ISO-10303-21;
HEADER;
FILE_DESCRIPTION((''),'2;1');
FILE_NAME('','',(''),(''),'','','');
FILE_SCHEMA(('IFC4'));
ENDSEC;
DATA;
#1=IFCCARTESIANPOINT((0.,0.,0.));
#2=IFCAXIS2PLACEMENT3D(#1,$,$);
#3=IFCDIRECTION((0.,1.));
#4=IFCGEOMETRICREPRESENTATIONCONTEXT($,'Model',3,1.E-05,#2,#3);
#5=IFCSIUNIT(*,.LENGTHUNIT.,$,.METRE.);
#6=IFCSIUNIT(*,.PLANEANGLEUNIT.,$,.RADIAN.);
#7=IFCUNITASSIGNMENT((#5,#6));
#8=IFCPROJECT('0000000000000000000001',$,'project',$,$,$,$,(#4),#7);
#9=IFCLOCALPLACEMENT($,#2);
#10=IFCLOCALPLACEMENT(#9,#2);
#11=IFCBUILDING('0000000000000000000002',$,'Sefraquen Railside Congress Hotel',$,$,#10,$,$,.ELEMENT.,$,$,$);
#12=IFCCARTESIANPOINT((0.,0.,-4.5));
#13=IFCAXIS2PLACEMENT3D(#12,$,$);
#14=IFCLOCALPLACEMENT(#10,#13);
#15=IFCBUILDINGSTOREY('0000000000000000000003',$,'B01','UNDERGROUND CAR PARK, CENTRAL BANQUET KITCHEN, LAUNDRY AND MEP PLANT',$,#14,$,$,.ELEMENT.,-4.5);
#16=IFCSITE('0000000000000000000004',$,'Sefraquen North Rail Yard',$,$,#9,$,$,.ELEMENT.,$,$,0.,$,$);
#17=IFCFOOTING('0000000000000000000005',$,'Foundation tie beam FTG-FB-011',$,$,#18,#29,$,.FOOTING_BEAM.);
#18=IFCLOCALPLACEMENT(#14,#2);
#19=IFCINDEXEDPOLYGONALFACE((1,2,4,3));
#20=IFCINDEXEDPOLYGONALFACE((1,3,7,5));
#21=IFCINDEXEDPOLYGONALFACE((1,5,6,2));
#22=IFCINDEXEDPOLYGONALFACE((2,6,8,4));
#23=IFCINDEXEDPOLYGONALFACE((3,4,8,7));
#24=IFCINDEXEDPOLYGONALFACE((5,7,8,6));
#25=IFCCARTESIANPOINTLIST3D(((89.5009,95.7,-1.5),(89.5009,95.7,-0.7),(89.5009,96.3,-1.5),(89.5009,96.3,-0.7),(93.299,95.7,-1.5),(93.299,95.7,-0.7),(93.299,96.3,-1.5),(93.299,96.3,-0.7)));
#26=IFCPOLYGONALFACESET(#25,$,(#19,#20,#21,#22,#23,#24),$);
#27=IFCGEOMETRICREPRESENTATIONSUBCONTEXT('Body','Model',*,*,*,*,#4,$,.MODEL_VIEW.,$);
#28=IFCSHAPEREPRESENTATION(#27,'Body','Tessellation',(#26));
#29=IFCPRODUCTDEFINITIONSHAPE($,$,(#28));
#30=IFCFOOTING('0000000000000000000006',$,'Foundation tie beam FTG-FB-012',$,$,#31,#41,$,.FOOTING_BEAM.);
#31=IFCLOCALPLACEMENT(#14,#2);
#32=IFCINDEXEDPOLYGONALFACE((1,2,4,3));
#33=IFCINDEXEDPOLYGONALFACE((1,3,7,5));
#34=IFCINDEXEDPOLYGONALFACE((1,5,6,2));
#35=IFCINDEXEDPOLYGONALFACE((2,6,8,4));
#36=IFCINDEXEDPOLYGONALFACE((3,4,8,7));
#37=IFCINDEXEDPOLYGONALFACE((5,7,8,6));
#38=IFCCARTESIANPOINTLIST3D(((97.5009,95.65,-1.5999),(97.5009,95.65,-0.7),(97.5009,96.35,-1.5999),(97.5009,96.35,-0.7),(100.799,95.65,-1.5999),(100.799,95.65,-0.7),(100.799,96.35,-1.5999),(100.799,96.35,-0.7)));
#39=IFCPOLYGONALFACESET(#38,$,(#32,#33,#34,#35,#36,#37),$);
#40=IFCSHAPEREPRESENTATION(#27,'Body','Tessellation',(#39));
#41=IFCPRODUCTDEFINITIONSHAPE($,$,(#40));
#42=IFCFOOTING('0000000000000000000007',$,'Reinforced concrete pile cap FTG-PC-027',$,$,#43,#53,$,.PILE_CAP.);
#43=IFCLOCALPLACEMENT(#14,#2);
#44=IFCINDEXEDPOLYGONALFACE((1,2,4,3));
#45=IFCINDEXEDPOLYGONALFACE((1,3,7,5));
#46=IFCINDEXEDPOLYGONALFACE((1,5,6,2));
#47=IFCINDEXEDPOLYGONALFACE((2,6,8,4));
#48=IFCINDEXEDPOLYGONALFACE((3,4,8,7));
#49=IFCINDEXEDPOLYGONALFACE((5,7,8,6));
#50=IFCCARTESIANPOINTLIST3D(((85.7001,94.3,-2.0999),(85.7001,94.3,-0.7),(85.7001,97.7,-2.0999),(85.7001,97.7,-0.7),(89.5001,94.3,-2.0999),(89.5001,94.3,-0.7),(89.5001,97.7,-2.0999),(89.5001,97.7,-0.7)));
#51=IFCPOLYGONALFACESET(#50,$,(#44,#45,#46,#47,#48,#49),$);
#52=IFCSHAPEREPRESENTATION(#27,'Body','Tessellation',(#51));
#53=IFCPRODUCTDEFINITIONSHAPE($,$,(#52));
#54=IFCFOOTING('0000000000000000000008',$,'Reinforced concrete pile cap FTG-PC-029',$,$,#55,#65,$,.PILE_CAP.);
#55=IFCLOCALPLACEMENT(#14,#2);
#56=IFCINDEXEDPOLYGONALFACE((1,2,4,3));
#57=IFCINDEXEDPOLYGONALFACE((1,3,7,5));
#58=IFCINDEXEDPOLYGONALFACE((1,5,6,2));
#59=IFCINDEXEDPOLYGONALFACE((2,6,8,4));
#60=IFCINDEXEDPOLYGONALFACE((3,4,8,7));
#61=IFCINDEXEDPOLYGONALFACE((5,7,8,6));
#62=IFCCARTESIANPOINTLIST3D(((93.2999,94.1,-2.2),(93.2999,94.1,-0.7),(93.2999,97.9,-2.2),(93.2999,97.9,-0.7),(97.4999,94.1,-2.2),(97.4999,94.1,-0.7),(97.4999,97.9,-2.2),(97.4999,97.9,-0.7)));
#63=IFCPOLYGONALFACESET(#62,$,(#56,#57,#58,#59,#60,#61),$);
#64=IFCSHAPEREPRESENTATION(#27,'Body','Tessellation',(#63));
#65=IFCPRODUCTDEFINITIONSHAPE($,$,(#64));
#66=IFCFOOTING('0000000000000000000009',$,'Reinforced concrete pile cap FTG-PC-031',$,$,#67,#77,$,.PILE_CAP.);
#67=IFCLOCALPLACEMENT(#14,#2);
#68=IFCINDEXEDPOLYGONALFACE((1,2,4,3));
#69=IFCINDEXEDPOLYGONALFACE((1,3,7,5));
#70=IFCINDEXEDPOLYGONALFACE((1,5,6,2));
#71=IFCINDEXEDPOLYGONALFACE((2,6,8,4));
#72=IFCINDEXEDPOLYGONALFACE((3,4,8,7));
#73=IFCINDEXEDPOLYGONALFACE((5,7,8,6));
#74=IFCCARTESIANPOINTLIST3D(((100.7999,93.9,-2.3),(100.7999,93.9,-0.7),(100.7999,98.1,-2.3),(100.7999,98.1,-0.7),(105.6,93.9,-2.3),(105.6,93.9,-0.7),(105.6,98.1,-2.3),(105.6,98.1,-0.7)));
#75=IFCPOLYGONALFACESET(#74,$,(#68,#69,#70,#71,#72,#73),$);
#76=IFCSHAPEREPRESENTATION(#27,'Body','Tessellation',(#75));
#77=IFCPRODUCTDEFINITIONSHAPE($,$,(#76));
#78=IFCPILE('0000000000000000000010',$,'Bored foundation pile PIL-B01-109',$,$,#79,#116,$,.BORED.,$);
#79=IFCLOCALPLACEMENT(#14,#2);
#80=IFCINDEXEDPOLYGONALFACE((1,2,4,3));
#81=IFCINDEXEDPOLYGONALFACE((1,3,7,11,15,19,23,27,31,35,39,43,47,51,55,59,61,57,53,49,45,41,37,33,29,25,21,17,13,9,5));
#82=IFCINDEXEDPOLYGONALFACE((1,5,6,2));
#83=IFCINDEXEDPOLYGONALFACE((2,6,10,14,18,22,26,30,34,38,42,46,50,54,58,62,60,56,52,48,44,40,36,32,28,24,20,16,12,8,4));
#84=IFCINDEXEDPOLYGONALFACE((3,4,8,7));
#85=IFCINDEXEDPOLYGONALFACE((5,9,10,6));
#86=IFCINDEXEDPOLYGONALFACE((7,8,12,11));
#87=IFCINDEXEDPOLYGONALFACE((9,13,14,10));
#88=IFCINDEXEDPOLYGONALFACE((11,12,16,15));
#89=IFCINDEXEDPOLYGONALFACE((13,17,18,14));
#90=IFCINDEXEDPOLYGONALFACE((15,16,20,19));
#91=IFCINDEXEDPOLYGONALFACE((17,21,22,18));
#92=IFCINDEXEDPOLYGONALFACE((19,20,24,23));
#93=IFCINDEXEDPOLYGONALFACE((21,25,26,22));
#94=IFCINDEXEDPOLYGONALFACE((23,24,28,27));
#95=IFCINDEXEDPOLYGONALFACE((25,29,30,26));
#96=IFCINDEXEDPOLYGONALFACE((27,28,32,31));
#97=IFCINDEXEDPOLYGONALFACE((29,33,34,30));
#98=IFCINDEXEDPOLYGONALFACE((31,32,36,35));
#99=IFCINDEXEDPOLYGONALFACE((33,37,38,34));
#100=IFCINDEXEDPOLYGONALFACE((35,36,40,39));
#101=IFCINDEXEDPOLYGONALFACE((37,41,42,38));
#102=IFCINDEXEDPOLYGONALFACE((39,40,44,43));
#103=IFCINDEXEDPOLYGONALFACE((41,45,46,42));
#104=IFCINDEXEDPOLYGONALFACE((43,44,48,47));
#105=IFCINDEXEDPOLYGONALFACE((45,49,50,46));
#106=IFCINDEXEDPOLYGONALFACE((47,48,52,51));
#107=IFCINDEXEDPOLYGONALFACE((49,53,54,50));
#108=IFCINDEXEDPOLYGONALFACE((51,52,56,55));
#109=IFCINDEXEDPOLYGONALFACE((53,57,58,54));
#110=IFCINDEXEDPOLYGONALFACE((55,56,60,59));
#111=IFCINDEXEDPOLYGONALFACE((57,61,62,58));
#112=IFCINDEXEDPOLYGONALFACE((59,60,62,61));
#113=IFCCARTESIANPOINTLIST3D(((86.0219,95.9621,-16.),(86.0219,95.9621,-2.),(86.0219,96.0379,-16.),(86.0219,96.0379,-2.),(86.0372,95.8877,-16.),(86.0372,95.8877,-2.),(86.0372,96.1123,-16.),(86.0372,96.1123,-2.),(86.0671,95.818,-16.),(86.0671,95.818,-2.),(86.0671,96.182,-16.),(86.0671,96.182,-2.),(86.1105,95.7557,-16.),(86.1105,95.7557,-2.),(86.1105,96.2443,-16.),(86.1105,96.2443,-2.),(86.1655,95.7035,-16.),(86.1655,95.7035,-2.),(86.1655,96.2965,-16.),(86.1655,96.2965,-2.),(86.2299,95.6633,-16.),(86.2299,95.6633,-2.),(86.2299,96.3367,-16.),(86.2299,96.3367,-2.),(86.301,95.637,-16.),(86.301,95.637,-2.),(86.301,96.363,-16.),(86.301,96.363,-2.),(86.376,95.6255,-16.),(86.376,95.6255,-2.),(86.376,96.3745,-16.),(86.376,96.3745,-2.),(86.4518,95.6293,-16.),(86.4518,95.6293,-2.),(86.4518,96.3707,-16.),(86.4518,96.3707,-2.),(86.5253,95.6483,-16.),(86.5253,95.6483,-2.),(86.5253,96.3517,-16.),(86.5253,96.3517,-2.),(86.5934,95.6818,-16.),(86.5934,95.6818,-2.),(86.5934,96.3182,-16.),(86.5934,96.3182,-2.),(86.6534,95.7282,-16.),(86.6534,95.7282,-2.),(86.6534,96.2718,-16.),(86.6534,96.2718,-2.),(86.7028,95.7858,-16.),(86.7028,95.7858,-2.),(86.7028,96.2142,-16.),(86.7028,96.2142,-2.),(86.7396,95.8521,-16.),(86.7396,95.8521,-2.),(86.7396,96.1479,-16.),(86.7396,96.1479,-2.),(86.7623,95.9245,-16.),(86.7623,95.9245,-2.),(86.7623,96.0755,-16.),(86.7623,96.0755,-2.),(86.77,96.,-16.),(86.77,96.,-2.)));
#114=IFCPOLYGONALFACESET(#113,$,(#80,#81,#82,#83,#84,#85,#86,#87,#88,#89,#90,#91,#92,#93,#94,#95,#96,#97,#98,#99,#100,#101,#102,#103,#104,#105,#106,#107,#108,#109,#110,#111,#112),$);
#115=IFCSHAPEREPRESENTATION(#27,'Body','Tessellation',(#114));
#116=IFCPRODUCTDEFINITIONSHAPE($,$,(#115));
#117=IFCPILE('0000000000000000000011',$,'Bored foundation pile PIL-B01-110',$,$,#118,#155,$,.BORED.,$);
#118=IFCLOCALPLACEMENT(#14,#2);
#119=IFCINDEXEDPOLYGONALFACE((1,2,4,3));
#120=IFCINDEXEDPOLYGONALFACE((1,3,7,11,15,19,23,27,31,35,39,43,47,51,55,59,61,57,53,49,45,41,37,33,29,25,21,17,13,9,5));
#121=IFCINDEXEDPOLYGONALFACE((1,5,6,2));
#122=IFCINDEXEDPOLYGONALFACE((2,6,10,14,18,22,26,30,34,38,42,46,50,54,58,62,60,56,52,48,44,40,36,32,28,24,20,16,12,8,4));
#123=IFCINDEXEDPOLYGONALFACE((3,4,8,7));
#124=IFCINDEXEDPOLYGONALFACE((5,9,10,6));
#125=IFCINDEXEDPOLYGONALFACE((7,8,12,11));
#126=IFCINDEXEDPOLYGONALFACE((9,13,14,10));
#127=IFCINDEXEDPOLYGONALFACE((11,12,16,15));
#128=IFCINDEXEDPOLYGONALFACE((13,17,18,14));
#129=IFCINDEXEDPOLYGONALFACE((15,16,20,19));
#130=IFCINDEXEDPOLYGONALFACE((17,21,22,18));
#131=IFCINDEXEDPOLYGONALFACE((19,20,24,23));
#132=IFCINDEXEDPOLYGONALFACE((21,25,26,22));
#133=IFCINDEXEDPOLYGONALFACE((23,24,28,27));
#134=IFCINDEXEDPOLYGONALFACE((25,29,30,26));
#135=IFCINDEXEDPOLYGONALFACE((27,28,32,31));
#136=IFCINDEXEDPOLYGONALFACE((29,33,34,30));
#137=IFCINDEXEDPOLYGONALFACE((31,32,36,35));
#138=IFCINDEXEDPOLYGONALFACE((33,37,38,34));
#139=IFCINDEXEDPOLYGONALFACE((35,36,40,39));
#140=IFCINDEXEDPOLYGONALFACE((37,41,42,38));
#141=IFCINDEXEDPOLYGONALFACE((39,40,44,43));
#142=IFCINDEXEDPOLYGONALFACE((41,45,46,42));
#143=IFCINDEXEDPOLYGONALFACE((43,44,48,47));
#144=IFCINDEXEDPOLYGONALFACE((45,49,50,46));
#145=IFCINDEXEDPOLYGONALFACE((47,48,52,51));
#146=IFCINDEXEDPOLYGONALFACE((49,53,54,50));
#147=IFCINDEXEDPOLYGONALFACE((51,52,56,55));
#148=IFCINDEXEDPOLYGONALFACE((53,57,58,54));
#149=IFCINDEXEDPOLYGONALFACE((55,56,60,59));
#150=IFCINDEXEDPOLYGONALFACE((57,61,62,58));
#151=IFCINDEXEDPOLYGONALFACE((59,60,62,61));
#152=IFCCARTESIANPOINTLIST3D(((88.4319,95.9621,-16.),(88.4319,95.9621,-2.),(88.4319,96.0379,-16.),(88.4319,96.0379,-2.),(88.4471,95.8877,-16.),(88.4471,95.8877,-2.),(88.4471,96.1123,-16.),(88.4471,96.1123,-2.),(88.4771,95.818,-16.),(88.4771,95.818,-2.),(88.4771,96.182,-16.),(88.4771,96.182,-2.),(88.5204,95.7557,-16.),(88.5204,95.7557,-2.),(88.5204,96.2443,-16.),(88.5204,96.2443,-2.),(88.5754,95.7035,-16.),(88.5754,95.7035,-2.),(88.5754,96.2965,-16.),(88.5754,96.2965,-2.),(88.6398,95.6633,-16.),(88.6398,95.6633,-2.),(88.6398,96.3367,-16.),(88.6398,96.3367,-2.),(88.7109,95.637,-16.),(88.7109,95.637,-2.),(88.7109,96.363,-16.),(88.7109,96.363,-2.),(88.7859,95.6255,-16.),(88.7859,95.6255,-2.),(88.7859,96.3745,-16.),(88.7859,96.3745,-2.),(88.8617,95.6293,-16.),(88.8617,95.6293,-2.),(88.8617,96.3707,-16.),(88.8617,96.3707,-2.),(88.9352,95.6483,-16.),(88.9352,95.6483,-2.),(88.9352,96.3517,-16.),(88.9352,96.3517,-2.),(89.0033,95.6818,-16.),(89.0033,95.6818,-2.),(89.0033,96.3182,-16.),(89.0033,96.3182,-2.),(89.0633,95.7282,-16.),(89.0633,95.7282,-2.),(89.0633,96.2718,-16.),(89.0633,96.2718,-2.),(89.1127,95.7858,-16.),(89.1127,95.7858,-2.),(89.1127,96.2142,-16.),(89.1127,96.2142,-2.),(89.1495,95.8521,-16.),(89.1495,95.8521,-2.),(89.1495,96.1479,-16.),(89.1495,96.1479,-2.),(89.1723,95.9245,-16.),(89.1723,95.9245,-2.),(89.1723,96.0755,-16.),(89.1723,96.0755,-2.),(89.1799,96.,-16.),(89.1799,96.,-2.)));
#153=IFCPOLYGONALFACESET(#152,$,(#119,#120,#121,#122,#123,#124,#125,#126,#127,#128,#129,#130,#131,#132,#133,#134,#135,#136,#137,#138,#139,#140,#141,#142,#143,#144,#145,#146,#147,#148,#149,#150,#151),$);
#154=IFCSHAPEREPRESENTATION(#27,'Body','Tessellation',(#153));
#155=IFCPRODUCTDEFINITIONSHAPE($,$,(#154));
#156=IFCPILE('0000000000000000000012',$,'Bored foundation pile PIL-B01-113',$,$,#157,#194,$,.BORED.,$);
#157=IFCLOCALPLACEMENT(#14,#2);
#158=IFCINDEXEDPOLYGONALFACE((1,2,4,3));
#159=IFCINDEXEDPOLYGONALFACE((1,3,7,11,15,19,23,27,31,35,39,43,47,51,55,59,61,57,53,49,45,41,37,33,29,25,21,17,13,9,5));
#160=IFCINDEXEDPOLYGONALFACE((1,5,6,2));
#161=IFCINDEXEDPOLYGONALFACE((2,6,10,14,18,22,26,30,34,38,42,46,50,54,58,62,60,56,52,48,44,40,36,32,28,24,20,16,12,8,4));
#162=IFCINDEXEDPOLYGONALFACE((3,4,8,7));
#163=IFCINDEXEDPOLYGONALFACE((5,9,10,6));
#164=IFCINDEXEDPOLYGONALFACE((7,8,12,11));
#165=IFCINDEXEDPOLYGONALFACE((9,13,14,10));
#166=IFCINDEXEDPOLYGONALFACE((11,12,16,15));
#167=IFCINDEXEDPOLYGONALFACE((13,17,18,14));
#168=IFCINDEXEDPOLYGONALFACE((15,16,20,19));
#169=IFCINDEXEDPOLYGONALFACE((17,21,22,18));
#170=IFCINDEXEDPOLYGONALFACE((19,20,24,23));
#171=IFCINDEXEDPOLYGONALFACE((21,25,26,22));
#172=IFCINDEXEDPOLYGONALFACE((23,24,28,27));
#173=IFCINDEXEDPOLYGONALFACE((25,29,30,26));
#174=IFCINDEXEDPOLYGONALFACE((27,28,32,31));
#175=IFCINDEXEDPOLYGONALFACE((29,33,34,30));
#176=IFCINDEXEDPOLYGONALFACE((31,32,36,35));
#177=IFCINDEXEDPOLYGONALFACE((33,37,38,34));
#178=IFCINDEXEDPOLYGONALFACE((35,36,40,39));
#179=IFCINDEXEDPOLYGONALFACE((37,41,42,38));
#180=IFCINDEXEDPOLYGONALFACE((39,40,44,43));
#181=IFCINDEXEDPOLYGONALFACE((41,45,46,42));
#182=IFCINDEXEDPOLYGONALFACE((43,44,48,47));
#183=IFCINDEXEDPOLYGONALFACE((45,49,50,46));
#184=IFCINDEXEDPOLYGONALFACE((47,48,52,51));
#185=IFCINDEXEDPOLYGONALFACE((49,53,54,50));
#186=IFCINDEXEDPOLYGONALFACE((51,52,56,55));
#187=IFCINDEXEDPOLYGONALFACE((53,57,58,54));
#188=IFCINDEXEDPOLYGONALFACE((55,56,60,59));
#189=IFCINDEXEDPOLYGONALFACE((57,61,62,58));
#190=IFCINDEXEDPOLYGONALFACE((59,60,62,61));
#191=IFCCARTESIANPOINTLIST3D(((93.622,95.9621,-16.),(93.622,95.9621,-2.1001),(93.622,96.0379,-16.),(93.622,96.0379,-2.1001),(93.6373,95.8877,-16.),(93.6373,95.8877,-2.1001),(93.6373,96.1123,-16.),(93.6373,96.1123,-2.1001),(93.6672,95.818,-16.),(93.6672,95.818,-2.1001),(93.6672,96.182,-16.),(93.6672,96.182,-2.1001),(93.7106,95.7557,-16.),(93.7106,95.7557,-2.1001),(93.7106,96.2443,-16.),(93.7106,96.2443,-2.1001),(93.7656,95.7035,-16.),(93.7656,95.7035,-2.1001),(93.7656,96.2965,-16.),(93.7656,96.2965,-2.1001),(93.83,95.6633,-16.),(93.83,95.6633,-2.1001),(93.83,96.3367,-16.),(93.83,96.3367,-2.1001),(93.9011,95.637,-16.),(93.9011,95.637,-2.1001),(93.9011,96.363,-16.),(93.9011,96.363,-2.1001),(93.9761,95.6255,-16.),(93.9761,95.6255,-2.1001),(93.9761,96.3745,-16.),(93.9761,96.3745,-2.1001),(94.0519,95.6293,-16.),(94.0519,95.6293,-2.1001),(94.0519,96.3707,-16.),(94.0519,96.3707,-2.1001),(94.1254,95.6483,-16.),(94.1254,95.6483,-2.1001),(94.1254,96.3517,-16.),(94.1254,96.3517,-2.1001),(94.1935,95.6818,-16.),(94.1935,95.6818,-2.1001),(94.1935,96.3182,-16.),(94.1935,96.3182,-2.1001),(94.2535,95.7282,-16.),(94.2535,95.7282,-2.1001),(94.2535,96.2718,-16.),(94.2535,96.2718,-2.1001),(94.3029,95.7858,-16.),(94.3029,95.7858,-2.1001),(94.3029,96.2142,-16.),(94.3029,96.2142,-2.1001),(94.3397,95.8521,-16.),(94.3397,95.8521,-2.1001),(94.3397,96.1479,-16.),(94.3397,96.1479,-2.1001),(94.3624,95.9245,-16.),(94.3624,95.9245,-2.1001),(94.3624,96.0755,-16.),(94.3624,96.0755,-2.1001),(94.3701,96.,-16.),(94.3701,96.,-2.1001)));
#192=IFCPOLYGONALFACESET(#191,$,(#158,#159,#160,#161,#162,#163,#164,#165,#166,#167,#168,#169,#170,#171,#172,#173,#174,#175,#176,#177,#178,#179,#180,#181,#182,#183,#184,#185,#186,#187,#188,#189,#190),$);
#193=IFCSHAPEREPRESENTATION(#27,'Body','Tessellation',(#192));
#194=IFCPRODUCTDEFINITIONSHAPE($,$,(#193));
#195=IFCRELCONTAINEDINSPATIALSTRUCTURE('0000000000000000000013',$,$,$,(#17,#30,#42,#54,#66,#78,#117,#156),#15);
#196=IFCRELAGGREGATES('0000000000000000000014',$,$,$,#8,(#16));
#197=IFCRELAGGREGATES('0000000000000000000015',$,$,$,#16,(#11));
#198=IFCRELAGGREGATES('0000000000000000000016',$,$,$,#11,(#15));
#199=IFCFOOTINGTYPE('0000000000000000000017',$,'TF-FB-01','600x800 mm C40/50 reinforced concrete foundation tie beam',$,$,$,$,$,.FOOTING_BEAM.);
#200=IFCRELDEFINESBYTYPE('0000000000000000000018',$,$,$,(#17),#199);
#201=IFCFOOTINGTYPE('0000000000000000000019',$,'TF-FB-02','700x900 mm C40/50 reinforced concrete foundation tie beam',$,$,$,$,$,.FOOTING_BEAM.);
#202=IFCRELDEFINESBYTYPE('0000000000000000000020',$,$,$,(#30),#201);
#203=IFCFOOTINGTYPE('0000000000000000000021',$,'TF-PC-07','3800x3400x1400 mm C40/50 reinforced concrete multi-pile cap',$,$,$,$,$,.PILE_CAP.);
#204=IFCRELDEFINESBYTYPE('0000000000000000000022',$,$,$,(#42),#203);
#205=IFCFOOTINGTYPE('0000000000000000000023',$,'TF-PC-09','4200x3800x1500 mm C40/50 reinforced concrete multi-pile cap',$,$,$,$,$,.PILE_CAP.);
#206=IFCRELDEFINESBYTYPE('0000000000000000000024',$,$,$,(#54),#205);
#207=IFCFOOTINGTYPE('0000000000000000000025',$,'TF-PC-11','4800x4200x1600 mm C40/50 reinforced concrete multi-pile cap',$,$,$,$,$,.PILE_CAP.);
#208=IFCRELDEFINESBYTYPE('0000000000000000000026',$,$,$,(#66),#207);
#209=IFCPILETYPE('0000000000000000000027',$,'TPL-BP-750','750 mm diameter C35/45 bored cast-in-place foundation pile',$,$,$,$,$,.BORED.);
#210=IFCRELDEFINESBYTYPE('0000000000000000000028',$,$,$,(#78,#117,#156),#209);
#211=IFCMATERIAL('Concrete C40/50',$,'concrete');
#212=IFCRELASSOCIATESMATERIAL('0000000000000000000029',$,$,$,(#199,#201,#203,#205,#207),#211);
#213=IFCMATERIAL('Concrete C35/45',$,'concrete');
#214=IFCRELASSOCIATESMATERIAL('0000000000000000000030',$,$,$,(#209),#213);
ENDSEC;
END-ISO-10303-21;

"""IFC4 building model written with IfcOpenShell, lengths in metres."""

from ifc_helpers import new_model, si_unit, direction, frame, origin, origin_2d, place, context, subcontext, project, spatial, rectangle, circle, extrude, material, material_profile, profile_set, type_object, element, save


model = new_model("IFC4")

# Units and contexts
model_context = context("Model", 3, precision=1e-05, world=origin(), true_north=direction((0.0, 1.0)))
body_context = subcontext(model_context, "Body", "Model", "MODEL_VIEW")
ifc_project = project(units=[si_unit("LENGTHUNIT", "METRE"), si_unit("PLANEANGLEUNIT", "RADIAN")], contexts=[model_context])

# Site, building, storey
site_placement = place(None, origin())
site = spatial("IfcSite", under=ifc_project, at=site_placement, Name="Sefraquen North Rail Yard", CompositionType="ELEMENT", RefElevation=0.0)
building_placement = place(site_placement, origin())
building = spatial("IfcBuilding", under=site, at=building_placement, Name="Sefraquen Railside Congress Hotel", CompositionType="ELEMENT")
storey_placement = place(building_placement, frame((0.0, 0.0, -4.5)))
storey = spatial("IfcBuildingStorey", under=building, at=storey_placement, Name="B01", Description="UNDERGROUND CAR PARK, CENTRAL BANQUET KITCHEN, LAUNDRY AND MEP PLANT", CompositionType="ELEMENT", Elevation=-4.5)

# Footings
ifc_material_1 = material(Name="Concrete C40/50", Category="concrete")
footing_type_1 = type_object("IfcFootingType", Name="TF-FB-01", Description="600x800 mm C40/50 reinforced concrete foundation tie beam", PredefinedType="FOOTING_BEAM", material=ifc_material_1)
footing_1_placement = place(storey_placement, frame((91.3999, 96.0, -1.5), z_axis=(0.0, 0.0, 1.0), x_axis=(1.0, 0.0, 0.0)))
element("IfcFooting", 1, at=footing_1_placement, inside=storey, type_object=footing_type_1, Name="Foundation tie beam FTG-FB-011", PredefinedType="FOOTING_BEAM", context=body_context, shape_type="SweptSolid", body=[
    extrude(rectangle(XDim=3.7981, YDim=0.6001, at=origin_2d()), origin(), (0.0, 0.0, 1.0), 0.8),
])
footing_type_2 = type_object("IfcFootingType", Name="TF-FB-02", Description="700x900 mm C40/50 reinforced concrete foundation tie beam", PredefinedType="FOOTING_BEAM", material=ifc_material_1)
footing_2_placement = place(storey_placement, frame((99.1499, 96.0, -1.5999), z_axis=(0.0, 0.0, 1.0), x_axis=(1.0, 0.0, 0.0)))
element("IfcFooting", 2, at=footing_2_placement, inside=storey, type_object=footing_type_2, Name="Foundation tie beam FTG-FB-012", PredefinedType="FOOTING_BEAM", context=body_context, shape_type="SweptSolid", body=[
    extrude(rectangle(XDim=3.2981, YDim=0.7, at=origin_2d()), origin(), (0.0, 0.0, 1.0), 0.8999),
])
footing_type_3 = type_object("IfcFootingType", Name="TF-PC-07", Description="3800x3400x1400 mm C40/50 reinforced concrete multi-pile cap", PredefinedType="PILE_CAP", material=ifc_material_1)
footing_3_placement = place(storey_placement, frame((87.6001, 96.0, -2.0999), z_axis=(0.0, 0.0, 1.0), x_axis=(1.0, 0.0, 0.0)))
element("IfcFooting", 3, at=footing_3_placement, inside=storey, type_object=footing_type_3, Name="Reinforced concrete pile cap FTG-PC-027", PredefinedType="PILE_CAP", context=body_context, shape_type="SweptSolid", body=[
    extrude(rectangle(XDim=3.8, YDim=3.3999, at=origin_2d()), origin(), (0.0, 0.0, 1.0), 1.3999),
])
footing_type_4 = type_object("IfcFootingType", Name="TF-PC-09", Description="4200x3800x1500 mm C40/50 reinforced concrete multi-pile cap", PredefinedType="PILE_CAP", material=ifc_material_1)
footing_4_placement = place(storey_placement, frame((95.3999, 96.0, -2.2), z_axis=(0.0, 0.0, 1.0), x_axis=(1.0, 0.0, 0.0)))
element("IfcFooting", 4, at=footing_4_placement, inside=storey, type_object=footing_type_4, Name="Reinforced concrete pile cap FTG-PC-029", PredefinedType="PILE_CAP", context=body_context, shape_type="SweptSolid", body=[
    extrude(rectangle(XDim=4.2, YDim=3.8, at=origin_2d()), origin(), (0.0, 0.0, 1.0), 1.5),
])
footing_type_5 = type_object("IfcFootingType", Name="TF-PC-11", Description="4800x4200x1600 mm C40/50 reinforced concrete multi-pile cap", PredefinedType="PILE_CAP", material=ifc_material_1)
footing_5_placement = place(storey_placement, frame((103.2, 96.0, -2.3), z_axis=(0.0, 0.0, 1.0), x_axis=(1.0, 0.0, 0.0)))
element("IfcFooting", 5, at=footing_5_placement, inside=storey, type_object=footing_type_5, Name="Reinforced concrete pile cap FTG-PC-031", PredefinedType="PILE_CAP", context=body_context, shape_type="SweptSolid", body=[
    extrude(rectangle(XDim=4.8, YDim=4.2, at=origin_2d()), origin(), (0.0, 0.0, 1.0), 1.6001),
])

# Piles
ifc_material_2 = material(Name="Concrete C35/45", Category="concrete")
ifc_material_profile_1 = material_profile(ifc_material_2, circle(Radius=0.375, at=origin_2d()), Name="BORED PILE 750")
ifc_profile_set_1 = profile_set([ifc_material_profile_1], Name="Concrete C35/45")
pile_type_1 = type_object("IfcPileType", Name="TPL-BP-750", Description="750 mm diameter C35/45 bored cast-in-place foundation pile", PredefinedType="BORED", material=ifc_profile_set_1)
for number, where, z_axis, x_axis, name in (
    (6, (86.395, 96.0, -2.0), (0.0, 0.0, -1.0), (1.0, 0.0, 0.0), "Bored foundation pile PIL-B01-109"),
    (7, (88.8049, 96.0, -2.0), (0.0, 0.0, -1.0), (1.0, 0.0, 0.0), "Bored foundation pile PIL-B01-110"),
):
    element("IfcPile", number, at=place(storey_placement, frame(where, z_axis=z_axis, x_axis=x_axis)), inside=storey, type_object=pile_type_1, Name=name, PredefinedType="BORED", context=body_context, shape_type="SweptSolid", body=[
        extrude(circle(Radius=0.375, at=origin_2d()), origin(), (0.0, 0.0, 1.0), 14.0),
    ])
for number, where, z_axis, x_axis, name in (
    (8, (93.9951, 96.0, -2.1001), (0.0, 0.0, -1.0), (1.0, 0.0, 0.0), "Bored foundation pile PIL-B01-113"),
):
    element("IfcPile", number, at=place(storey_placement, frame(where, z_axis=z_axis, x_axis=x_axis)), inside=storey, type_object=pile_type_1, Name=name, PredefinedType="BORED", context=body_context, shape_type="SweptSolid", body=[
        extrude(circle(Radius=0.375, at=origin_2d()), origin(), (0.0, 0.0, 1.0), 13.8999),
    ])

save(model, "model.ifc")
